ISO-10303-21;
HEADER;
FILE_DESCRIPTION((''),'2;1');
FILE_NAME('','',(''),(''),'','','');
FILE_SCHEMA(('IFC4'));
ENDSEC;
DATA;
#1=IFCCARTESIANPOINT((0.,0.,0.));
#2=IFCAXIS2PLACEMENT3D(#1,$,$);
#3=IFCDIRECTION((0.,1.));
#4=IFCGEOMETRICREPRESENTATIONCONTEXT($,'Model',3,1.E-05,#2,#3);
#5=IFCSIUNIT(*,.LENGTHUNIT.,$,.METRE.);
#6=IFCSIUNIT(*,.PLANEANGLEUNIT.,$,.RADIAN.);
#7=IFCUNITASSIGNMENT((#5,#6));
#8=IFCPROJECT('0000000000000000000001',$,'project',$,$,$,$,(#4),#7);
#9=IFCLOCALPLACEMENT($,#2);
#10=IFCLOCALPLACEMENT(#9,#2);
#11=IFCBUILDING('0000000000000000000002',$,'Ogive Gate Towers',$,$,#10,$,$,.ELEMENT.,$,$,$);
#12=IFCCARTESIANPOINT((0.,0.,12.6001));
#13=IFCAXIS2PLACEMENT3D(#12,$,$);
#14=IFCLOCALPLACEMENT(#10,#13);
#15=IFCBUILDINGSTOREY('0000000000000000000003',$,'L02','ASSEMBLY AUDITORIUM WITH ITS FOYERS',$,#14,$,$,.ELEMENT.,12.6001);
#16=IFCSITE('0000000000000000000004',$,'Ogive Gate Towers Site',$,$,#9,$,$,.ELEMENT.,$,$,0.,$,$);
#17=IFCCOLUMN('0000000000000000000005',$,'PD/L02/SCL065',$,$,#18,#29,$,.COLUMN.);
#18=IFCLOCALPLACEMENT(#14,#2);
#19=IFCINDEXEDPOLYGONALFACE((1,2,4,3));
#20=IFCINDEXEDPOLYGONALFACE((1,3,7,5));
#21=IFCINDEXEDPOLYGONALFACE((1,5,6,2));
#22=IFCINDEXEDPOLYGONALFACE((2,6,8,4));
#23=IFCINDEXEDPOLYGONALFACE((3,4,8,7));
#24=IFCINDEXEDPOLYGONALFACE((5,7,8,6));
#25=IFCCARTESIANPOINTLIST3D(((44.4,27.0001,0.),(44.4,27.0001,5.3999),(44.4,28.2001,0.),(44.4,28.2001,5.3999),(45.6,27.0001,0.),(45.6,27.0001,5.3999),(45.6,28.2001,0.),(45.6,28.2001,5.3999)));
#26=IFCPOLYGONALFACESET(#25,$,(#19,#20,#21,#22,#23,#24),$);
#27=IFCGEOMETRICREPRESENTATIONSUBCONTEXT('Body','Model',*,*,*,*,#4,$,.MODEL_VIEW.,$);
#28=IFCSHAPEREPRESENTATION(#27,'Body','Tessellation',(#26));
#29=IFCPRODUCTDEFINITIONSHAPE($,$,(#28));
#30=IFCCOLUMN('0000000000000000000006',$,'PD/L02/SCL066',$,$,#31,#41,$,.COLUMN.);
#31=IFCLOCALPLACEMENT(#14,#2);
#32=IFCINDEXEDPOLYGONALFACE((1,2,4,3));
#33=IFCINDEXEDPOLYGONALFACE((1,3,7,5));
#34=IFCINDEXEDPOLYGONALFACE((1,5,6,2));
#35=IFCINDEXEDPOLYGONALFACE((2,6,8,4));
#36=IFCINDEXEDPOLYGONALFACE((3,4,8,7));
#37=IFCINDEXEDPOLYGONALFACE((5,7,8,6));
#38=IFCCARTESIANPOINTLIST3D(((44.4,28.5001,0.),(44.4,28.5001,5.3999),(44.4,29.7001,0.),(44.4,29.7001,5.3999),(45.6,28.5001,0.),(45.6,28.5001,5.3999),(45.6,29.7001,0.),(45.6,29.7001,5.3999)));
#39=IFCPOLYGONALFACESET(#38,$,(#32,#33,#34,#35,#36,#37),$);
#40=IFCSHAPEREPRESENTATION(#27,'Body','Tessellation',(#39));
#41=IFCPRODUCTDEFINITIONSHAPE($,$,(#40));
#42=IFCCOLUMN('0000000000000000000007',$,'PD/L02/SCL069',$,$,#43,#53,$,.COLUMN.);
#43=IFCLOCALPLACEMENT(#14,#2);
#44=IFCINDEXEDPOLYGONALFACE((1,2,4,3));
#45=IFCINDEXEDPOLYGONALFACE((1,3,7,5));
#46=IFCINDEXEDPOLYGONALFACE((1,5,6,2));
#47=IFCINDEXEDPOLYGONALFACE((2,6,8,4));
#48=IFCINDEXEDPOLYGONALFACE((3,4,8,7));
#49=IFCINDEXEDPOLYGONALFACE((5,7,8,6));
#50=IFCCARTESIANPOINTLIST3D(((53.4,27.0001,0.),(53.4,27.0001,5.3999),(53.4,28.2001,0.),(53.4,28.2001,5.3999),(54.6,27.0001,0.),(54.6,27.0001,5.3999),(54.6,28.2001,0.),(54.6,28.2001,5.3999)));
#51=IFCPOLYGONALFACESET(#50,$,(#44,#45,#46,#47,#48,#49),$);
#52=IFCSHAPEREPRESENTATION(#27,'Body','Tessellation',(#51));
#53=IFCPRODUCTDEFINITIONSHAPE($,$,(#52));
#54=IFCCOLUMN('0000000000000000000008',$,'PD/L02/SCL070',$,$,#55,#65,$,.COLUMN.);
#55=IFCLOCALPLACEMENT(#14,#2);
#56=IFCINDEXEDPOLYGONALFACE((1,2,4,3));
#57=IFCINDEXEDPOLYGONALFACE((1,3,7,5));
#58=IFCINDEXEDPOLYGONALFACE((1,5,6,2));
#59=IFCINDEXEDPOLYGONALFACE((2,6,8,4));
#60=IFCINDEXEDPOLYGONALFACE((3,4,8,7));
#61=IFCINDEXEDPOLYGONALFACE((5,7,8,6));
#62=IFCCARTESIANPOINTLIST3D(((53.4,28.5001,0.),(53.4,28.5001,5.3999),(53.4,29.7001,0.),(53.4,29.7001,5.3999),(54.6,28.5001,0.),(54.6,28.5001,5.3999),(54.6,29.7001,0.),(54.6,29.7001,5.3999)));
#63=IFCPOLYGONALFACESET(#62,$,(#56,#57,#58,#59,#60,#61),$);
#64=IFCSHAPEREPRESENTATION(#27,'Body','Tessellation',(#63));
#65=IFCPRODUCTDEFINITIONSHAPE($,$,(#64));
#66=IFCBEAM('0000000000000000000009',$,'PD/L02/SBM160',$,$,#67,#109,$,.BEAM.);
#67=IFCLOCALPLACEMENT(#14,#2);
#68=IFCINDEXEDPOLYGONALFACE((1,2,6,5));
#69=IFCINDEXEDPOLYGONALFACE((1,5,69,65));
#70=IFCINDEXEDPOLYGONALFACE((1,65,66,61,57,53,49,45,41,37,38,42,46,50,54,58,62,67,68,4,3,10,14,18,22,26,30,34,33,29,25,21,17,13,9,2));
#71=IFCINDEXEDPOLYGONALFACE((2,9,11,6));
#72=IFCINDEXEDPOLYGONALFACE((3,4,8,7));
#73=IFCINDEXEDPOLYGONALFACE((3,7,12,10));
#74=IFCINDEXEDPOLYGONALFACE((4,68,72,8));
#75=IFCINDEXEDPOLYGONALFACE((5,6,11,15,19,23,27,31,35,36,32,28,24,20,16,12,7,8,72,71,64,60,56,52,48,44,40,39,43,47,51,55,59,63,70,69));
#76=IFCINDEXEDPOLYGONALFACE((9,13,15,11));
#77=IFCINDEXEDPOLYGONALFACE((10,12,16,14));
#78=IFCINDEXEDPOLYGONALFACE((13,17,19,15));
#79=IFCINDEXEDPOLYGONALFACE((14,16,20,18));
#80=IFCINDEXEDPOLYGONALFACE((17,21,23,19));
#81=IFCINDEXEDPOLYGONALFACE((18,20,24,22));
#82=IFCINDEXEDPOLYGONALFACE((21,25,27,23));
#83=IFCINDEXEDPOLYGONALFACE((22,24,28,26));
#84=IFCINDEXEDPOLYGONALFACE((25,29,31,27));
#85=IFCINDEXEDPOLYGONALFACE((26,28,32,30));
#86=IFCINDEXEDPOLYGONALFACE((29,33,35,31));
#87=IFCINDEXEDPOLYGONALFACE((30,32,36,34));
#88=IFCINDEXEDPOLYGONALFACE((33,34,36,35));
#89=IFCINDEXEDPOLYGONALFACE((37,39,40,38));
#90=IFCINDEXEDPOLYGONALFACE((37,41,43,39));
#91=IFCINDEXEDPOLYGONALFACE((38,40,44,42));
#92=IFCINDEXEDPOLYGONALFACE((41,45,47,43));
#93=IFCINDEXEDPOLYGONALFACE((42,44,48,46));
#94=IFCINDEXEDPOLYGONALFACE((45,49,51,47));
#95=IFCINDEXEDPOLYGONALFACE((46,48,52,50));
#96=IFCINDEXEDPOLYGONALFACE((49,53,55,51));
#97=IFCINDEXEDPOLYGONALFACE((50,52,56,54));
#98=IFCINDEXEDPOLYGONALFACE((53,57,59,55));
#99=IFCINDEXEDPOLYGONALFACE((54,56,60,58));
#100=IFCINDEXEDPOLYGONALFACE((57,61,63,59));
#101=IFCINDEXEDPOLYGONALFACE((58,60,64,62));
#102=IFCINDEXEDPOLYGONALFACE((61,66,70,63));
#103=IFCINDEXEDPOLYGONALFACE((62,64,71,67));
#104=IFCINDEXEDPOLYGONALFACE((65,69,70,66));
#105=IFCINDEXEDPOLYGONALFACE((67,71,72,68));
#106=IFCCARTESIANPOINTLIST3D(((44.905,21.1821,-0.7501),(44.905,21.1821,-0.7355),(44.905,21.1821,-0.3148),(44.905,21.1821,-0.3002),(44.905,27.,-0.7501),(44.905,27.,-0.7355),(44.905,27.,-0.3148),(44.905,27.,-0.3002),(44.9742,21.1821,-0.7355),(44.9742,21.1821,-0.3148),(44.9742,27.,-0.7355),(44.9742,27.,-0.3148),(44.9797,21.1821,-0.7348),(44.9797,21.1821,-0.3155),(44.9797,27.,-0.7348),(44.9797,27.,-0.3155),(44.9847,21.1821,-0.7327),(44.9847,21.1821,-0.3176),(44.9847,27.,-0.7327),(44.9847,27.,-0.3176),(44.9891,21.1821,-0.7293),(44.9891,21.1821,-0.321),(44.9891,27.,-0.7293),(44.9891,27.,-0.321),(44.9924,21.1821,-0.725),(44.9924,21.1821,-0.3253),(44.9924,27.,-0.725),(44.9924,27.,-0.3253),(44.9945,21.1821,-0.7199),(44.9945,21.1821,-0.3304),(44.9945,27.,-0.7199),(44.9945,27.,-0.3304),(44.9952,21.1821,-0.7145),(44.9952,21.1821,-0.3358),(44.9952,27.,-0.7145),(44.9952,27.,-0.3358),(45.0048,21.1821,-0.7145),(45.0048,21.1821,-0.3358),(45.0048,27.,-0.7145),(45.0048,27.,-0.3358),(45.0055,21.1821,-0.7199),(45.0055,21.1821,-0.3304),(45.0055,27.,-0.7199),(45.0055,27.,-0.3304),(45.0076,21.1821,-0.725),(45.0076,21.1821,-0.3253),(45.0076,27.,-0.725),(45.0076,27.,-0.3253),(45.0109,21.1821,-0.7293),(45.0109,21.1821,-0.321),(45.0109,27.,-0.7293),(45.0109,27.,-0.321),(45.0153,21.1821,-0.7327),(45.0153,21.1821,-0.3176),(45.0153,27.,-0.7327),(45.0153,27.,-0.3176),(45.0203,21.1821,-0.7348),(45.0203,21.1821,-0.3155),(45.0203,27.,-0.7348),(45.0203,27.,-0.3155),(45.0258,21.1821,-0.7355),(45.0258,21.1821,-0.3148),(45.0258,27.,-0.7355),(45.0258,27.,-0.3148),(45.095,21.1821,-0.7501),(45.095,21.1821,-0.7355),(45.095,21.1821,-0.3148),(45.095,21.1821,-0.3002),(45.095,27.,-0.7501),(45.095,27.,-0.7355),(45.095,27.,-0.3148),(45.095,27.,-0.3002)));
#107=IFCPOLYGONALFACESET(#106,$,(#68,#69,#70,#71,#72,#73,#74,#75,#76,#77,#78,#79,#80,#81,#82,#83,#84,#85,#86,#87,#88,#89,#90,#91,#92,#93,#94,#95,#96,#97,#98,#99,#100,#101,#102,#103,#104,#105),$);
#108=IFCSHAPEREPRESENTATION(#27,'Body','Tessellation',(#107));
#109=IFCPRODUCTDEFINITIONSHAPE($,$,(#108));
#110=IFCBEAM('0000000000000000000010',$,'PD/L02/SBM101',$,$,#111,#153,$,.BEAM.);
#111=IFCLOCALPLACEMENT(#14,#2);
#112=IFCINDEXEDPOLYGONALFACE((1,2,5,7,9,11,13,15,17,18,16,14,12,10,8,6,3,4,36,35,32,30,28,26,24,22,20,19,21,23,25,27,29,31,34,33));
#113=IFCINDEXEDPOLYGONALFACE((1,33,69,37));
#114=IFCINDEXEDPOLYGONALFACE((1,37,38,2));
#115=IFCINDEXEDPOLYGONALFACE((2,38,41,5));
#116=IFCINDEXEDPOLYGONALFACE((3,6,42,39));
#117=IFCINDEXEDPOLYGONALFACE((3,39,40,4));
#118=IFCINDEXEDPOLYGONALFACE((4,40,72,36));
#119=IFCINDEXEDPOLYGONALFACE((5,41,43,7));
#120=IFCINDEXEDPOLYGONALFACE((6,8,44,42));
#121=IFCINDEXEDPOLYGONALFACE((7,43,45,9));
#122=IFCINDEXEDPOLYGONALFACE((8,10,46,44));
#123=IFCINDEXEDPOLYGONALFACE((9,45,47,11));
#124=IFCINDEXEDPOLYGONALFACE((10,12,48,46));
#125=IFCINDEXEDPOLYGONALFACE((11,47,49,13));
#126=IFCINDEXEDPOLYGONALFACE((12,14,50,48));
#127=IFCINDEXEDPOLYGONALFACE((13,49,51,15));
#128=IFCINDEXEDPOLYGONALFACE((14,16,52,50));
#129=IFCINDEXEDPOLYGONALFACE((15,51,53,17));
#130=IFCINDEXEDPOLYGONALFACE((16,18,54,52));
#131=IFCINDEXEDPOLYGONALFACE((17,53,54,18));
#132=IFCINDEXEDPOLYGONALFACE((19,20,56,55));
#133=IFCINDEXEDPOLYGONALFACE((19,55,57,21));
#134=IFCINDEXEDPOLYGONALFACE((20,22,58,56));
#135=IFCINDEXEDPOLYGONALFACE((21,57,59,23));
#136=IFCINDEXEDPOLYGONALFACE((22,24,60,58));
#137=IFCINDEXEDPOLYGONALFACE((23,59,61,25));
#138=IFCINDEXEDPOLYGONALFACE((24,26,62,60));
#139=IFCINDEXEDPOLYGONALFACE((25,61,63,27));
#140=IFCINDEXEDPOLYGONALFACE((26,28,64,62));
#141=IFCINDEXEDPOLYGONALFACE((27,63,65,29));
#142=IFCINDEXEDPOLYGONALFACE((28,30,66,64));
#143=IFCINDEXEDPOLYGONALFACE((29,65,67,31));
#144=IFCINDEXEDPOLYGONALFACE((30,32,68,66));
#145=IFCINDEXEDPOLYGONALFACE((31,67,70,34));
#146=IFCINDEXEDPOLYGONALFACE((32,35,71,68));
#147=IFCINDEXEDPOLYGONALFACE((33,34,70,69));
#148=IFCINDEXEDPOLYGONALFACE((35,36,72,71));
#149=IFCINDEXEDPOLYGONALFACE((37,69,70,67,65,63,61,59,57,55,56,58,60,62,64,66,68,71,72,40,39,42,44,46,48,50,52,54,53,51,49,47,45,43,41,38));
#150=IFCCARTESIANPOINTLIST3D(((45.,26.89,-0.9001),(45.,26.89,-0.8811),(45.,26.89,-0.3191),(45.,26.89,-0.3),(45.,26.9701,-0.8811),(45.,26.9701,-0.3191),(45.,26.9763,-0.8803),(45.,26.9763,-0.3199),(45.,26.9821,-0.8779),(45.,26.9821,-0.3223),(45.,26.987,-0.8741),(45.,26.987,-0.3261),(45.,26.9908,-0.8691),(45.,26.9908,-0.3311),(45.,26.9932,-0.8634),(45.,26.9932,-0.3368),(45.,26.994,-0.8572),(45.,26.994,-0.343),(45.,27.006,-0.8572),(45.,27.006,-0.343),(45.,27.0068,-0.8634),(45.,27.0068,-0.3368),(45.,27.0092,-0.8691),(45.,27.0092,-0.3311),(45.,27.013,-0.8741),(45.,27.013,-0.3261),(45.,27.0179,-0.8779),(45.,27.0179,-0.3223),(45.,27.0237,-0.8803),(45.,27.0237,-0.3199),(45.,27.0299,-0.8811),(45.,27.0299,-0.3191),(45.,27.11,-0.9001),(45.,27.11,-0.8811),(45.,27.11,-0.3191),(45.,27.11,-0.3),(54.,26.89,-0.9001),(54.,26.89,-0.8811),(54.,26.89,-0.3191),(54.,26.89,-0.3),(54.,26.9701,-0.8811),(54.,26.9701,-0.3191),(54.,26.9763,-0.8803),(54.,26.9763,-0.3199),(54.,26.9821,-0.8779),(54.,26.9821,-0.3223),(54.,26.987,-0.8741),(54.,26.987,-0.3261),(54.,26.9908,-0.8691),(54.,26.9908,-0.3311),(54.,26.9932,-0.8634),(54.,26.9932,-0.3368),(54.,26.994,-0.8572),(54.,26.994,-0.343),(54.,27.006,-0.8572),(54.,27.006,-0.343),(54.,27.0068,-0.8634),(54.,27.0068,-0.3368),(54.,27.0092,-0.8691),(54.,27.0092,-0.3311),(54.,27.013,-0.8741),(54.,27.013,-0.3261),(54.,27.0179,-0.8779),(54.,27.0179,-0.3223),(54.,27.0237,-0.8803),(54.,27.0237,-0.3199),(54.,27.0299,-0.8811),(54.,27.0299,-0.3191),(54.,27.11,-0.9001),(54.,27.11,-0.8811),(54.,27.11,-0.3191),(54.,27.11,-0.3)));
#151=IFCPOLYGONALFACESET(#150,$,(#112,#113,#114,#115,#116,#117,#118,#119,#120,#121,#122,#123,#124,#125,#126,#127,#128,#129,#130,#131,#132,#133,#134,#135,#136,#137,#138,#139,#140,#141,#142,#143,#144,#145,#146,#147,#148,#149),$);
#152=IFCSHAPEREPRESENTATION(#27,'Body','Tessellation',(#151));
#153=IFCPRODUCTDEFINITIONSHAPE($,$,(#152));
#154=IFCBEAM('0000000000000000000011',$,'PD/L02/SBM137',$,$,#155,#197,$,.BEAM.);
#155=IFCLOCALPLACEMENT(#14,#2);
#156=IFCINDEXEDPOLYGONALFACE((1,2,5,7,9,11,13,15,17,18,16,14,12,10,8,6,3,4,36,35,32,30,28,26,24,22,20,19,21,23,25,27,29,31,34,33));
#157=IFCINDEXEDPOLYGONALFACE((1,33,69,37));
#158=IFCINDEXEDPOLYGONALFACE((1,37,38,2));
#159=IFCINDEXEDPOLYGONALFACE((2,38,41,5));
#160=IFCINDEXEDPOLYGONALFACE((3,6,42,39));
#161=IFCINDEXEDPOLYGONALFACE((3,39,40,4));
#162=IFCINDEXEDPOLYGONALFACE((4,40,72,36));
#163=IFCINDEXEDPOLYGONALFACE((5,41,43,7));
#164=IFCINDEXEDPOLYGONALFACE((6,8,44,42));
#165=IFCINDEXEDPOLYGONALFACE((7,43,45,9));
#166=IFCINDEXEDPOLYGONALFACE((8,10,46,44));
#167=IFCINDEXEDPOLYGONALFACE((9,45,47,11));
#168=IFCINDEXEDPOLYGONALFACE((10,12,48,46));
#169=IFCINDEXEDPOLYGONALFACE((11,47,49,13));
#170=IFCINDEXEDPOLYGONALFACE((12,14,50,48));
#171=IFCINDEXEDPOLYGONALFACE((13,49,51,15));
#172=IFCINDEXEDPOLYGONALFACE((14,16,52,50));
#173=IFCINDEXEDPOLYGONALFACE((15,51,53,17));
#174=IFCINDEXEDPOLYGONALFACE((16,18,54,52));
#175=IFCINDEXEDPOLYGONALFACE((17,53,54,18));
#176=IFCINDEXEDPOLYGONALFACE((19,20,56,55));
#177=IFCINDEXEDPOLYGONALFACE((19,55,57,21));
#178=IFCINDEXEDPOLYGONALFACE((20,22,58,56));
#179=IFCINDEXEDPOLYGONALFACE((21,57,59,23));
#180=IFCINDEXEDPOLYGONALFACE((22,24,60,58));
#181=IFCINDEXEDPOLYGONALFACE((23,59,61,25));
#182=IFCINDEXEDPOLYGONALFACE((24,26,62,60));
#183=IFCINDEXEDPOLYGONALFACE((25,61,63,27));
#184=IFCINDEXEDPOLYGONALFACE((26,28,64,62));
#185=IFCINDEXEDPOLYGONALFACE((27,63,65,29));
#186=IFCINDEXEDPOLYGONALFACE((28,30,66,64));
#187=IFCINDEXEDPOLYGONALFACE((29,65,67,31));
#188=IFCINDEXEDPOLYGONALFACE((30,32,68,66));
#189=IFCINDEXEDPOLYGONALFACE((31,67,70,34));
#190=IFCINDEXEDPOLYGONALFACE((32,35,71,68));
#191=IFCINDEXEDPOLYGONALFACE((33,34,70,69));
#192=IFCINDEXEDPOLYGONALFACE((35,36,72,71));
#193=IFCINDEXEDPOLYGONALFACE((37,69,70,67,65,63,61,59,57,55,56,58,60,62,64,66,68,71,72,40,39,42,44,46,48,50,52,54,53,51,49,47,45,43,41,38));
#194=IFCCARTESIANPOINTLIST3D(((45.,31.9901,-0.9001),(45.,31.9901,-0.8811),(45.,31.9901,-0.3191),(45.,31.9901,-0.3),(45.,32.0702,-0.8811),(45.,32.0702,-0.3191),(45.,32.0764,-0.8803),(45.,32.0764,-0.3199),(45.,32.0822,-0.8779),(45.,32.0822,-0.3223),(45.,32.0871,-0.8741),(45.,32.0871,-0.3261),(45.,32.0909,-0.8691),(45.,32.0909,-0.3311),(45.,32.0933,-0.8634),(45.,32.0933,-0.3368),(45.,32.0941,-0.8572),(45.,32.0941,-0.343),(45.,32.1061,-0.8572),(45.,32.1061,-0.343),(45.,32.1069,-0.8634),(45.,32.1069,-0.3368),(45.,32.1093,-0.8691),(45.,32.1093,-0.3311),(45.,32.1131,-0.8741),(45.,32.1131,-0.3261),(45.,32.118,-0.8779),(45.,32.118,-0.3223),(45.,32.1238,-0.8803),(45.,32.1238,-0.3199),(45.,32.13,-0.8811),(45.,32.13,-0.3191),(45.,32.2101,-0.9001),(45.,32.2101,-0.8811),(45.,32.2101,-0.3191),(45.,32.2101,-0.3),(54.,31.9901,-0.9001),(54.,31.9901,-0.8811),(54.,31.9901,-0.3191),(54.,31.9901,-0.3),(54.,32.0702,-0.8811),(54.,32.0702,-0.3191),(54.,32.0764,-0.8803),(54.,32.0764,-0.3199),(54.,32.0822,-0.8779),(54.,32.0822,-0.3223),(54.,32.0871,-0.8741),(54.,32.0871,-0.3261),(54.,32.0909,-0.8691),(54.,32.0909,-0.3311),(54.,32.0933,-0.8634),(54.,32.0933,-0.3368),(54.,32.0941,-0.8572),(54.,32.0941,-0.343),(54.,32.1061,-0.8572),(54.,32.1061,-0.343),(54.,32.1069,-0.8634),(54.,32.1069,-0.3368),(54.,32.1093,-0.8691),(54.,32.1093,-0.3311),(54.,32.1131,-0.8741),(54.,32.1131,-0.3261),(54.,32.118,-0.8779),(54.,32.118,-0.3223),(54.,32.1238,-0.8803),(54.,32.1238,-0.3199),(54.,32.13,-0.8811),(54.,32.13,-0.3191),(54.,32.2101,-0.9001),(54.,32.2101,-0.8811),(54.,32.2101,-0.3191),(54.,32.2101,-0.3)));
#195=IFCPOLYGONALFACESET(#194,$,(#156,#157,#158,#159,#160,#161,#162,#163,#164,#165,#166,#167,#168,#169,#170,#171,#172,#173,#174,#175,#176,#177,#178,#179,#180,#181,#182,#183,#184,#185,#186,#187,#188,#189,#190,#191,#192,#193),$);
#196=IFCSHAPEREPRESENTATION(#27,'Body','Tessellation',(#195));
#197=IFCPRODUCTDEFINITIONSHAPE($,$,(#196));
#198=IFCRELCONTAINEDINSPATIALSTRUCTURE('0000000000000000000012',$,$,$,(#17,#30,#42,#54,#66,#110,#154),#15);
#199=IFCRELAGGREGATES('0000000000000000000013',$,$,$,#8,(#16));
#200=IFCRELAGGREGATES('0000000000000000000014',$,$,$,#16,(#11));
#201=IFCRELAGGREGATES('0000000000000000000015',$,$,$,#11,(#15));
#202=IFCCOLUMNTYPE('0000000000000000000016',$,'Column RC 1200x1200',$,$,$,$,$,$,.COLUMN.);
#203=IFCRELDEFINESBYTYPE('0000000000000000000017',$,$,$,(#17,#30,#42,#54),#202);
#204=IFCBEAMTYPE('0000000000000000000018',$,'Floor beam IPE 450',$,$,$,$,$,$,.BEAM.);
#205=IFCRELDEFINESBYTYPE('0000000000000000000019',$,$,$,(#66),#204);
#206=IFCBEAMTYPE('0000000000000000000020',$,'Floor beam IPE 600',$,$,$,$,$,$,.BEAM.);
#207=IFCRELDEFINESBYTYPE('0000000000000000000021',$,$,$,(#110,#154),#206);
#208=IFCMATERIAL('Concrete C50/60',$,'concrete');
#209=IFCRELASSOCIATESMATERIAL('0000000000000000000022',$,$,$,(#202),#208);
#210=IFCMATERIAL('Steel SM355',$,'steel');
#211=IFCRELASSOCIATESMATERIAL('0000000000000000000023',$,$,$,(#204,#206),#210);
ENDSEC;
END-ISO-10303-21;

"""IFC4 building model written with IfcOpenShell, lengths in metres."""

from ifc_helpers import new_model, si_unit, direction, frame, origin, origin_2d, place, context, subcontext, project, spatial, rectangle, i_section, extrude, material, material_profile, profile_set, type_object, element, save


model = new_model("IFC4")

# Units and contexts
model_context = context("Model", 3, precision=1e-05, world=origin(), true_north=direction((0.0, 1.0)))
body_context = subcontext(model_context, "Body", "Model", "MODEL_VIEW")
ifc_project = project(units=[si_unit("LENGTHUNIT", "METRE"), si_unit("PLANEANGLEUNIT", "RADIAN")], contexts=[model_context])

# Site, building, storey
site_placement = place(None, origin())
site = spatial("IfcSite", under=ifc_project, at=site_placement, Name="Ogive Gate Towers Site", CompositionType="ELEMENT", RefElevation=0.0)
building_placement = place(site_placement, origin())
building = spatial("IfcBuilding", under=site, at=building_placement, Name="Ogive Gate Towers", CompositionType="ELEMENT")
storey_placement = place(building_placement, frame((0.0, 0.0, 12.6001)))
storey = spatial("IfcBuildingStorey", under=building, at=storey_placement, Name="L02", Description="ASSEMBLY AUDITORIUM WITH ITS FOYERS", CompositionType="ELEMENT", Elevation=12.6001)

# Columns
ifc_material_1 = material(Name="Concrete C50/60", Category="concrete")
ifc_material_profile_1 = material_profile(ifc_material_1, rectangle(XDim=1.2, YDim=1.2, at=origin_2d()), Name="RC 1200x1200")
ifc_profile_set_1 = profile_set([ifc_material_profile_1], Name="Concrete C50/60")
column_type = type_object("IfcColumnType", Name="Column RC 1200x1200", PredefinedType="COLUMN", material=ifc_profile_set_1)
for number, where, z_axis, x_axis, name in (
    (1, (45.0, 27.6001, 0.0), (0.0, 0.0, 1.0), (1.0, 0.0, 0.0), "PD/L02/SCL065"),
    (2, (45.0, 29.1001, 0.0), (0.0, 0.0, 1.0), (1.0, 0.0, 0.0), "PD/L02/SCL066"),
    (3, (54.0, 27.6001, 0.0), (0.0, 0.0, 1.0), (1.0, 0.0, 0.0), "PD/L02/SCL069"),
    (4, (54.0, 29.1001, 0.0), (0.0, 0.0, 1.0), (1.0, 0.0, 0.0), "PD/L02/SCL070"),
):
    element("IfcColumn", number, at=place(storey_placement, frame(where, z_axis=z_axis, x_axis=x_axis)), inside=storey, type_object=column_type, Name=name, PredefinedType="COLUMN", context=body_context, shape_type="SweptSolid", body=[
        extrude(rectangle(XDim=1.2, YDim=1.2, at=origin_2d()), origin(), (0.0, 0.0, 1.0), 5.3999),
    ])

# Beams
ifc_material_2 = material(Name="Steel SM355", Category="steel")
ifc_material_profile_2 = material_profile(ifc_material_2, i_section(OverallWidth=0.1899, OverallDepth=0.45, WebThickness=0.0095, FlangeThickness=0.0146, FilletRadius=0.021, at=origin_2d()), Name="IPE 450")
ifc_profile_set_2 = profile_set([ifc_material_profile_2], Name="Steel SM355")
beam_type_1 = type_object("IfcBeamType", Name="Floor beam IPE 450", PredefinedType="BEAM", material=ifc_profile_set_2)
beam_1_placement = place(storey_placement, frame((45.0, 27.0, -0.5251), z_axis=(0.0, -1.0, 0.0), x_axis=(1.0, 0.0, 0.0)))
element("IfcBeam", 5, at=beam_1_placement, inside=storey, type_object=beam_type_1, Name="PD/L02/SBM160", PredefinedType="BEAM", context=body_context, shape_type="SweptSolid", body=[
    extrude(i_section(OverallWidth=0.1899, OverallDepth=0.45, WebThickness=0.0095, FlangeThickness=0.0146, FilletRadius=0.021, at=origin_2d()), origin(), (0.0, 0.0, 1.0), 5.8179),
])
ifc_material_profile_3 = material_profile(ifc_material_2, i_section(OverallWidth=0.22, OverallDepth=0.6001, WebThickness=0.012, FlangeThickness=0.019, FilletRadius=0.0239, at=origin_2d()), Name="IPE 600")
ifc_profile_set_3 = profile_set([ifc_material_profile_3], Name="Steel SM355")
beam_type_2 = type_object("IfcBeamType", Name="Floor beam IPE 600", PredefinedType="BEAM", material=ifc_profile_set_3)
for number, where, z_axis, x_axis, name in (
    (6, (45.0, 27.0, -0.6001), (1.0, 0.0, 0.0), (0.0, 1.0, 0.0), "PD/L02/SBM101"),
    (7, (45.0, 32.1001, -0.6001), (1.0, 0.0, 0.0), (0.0, 1.0, 0.0), "PD/L02/SBM137"),
):
    element("IfcBeam", number, at=place(storey_placement, frame(where, z_axis=z_axis, x_axis=x_axis)), inside=storey, type_object=beam_type_2, Name=name, PredefinedType="BEAM", context=body_context, shape_type="SweptSolid", body=[
        extrude(i_section(OverallWidth=0.22, OverallDepth=0.6001, WebThickness=0.012, FlangeThickness=0.019, FilletRadius=0.0239, at=origin_2d()), origin(), (0.0, 0.0, 1.0), 9.0),
    ])

save(model, "model.ifc")
